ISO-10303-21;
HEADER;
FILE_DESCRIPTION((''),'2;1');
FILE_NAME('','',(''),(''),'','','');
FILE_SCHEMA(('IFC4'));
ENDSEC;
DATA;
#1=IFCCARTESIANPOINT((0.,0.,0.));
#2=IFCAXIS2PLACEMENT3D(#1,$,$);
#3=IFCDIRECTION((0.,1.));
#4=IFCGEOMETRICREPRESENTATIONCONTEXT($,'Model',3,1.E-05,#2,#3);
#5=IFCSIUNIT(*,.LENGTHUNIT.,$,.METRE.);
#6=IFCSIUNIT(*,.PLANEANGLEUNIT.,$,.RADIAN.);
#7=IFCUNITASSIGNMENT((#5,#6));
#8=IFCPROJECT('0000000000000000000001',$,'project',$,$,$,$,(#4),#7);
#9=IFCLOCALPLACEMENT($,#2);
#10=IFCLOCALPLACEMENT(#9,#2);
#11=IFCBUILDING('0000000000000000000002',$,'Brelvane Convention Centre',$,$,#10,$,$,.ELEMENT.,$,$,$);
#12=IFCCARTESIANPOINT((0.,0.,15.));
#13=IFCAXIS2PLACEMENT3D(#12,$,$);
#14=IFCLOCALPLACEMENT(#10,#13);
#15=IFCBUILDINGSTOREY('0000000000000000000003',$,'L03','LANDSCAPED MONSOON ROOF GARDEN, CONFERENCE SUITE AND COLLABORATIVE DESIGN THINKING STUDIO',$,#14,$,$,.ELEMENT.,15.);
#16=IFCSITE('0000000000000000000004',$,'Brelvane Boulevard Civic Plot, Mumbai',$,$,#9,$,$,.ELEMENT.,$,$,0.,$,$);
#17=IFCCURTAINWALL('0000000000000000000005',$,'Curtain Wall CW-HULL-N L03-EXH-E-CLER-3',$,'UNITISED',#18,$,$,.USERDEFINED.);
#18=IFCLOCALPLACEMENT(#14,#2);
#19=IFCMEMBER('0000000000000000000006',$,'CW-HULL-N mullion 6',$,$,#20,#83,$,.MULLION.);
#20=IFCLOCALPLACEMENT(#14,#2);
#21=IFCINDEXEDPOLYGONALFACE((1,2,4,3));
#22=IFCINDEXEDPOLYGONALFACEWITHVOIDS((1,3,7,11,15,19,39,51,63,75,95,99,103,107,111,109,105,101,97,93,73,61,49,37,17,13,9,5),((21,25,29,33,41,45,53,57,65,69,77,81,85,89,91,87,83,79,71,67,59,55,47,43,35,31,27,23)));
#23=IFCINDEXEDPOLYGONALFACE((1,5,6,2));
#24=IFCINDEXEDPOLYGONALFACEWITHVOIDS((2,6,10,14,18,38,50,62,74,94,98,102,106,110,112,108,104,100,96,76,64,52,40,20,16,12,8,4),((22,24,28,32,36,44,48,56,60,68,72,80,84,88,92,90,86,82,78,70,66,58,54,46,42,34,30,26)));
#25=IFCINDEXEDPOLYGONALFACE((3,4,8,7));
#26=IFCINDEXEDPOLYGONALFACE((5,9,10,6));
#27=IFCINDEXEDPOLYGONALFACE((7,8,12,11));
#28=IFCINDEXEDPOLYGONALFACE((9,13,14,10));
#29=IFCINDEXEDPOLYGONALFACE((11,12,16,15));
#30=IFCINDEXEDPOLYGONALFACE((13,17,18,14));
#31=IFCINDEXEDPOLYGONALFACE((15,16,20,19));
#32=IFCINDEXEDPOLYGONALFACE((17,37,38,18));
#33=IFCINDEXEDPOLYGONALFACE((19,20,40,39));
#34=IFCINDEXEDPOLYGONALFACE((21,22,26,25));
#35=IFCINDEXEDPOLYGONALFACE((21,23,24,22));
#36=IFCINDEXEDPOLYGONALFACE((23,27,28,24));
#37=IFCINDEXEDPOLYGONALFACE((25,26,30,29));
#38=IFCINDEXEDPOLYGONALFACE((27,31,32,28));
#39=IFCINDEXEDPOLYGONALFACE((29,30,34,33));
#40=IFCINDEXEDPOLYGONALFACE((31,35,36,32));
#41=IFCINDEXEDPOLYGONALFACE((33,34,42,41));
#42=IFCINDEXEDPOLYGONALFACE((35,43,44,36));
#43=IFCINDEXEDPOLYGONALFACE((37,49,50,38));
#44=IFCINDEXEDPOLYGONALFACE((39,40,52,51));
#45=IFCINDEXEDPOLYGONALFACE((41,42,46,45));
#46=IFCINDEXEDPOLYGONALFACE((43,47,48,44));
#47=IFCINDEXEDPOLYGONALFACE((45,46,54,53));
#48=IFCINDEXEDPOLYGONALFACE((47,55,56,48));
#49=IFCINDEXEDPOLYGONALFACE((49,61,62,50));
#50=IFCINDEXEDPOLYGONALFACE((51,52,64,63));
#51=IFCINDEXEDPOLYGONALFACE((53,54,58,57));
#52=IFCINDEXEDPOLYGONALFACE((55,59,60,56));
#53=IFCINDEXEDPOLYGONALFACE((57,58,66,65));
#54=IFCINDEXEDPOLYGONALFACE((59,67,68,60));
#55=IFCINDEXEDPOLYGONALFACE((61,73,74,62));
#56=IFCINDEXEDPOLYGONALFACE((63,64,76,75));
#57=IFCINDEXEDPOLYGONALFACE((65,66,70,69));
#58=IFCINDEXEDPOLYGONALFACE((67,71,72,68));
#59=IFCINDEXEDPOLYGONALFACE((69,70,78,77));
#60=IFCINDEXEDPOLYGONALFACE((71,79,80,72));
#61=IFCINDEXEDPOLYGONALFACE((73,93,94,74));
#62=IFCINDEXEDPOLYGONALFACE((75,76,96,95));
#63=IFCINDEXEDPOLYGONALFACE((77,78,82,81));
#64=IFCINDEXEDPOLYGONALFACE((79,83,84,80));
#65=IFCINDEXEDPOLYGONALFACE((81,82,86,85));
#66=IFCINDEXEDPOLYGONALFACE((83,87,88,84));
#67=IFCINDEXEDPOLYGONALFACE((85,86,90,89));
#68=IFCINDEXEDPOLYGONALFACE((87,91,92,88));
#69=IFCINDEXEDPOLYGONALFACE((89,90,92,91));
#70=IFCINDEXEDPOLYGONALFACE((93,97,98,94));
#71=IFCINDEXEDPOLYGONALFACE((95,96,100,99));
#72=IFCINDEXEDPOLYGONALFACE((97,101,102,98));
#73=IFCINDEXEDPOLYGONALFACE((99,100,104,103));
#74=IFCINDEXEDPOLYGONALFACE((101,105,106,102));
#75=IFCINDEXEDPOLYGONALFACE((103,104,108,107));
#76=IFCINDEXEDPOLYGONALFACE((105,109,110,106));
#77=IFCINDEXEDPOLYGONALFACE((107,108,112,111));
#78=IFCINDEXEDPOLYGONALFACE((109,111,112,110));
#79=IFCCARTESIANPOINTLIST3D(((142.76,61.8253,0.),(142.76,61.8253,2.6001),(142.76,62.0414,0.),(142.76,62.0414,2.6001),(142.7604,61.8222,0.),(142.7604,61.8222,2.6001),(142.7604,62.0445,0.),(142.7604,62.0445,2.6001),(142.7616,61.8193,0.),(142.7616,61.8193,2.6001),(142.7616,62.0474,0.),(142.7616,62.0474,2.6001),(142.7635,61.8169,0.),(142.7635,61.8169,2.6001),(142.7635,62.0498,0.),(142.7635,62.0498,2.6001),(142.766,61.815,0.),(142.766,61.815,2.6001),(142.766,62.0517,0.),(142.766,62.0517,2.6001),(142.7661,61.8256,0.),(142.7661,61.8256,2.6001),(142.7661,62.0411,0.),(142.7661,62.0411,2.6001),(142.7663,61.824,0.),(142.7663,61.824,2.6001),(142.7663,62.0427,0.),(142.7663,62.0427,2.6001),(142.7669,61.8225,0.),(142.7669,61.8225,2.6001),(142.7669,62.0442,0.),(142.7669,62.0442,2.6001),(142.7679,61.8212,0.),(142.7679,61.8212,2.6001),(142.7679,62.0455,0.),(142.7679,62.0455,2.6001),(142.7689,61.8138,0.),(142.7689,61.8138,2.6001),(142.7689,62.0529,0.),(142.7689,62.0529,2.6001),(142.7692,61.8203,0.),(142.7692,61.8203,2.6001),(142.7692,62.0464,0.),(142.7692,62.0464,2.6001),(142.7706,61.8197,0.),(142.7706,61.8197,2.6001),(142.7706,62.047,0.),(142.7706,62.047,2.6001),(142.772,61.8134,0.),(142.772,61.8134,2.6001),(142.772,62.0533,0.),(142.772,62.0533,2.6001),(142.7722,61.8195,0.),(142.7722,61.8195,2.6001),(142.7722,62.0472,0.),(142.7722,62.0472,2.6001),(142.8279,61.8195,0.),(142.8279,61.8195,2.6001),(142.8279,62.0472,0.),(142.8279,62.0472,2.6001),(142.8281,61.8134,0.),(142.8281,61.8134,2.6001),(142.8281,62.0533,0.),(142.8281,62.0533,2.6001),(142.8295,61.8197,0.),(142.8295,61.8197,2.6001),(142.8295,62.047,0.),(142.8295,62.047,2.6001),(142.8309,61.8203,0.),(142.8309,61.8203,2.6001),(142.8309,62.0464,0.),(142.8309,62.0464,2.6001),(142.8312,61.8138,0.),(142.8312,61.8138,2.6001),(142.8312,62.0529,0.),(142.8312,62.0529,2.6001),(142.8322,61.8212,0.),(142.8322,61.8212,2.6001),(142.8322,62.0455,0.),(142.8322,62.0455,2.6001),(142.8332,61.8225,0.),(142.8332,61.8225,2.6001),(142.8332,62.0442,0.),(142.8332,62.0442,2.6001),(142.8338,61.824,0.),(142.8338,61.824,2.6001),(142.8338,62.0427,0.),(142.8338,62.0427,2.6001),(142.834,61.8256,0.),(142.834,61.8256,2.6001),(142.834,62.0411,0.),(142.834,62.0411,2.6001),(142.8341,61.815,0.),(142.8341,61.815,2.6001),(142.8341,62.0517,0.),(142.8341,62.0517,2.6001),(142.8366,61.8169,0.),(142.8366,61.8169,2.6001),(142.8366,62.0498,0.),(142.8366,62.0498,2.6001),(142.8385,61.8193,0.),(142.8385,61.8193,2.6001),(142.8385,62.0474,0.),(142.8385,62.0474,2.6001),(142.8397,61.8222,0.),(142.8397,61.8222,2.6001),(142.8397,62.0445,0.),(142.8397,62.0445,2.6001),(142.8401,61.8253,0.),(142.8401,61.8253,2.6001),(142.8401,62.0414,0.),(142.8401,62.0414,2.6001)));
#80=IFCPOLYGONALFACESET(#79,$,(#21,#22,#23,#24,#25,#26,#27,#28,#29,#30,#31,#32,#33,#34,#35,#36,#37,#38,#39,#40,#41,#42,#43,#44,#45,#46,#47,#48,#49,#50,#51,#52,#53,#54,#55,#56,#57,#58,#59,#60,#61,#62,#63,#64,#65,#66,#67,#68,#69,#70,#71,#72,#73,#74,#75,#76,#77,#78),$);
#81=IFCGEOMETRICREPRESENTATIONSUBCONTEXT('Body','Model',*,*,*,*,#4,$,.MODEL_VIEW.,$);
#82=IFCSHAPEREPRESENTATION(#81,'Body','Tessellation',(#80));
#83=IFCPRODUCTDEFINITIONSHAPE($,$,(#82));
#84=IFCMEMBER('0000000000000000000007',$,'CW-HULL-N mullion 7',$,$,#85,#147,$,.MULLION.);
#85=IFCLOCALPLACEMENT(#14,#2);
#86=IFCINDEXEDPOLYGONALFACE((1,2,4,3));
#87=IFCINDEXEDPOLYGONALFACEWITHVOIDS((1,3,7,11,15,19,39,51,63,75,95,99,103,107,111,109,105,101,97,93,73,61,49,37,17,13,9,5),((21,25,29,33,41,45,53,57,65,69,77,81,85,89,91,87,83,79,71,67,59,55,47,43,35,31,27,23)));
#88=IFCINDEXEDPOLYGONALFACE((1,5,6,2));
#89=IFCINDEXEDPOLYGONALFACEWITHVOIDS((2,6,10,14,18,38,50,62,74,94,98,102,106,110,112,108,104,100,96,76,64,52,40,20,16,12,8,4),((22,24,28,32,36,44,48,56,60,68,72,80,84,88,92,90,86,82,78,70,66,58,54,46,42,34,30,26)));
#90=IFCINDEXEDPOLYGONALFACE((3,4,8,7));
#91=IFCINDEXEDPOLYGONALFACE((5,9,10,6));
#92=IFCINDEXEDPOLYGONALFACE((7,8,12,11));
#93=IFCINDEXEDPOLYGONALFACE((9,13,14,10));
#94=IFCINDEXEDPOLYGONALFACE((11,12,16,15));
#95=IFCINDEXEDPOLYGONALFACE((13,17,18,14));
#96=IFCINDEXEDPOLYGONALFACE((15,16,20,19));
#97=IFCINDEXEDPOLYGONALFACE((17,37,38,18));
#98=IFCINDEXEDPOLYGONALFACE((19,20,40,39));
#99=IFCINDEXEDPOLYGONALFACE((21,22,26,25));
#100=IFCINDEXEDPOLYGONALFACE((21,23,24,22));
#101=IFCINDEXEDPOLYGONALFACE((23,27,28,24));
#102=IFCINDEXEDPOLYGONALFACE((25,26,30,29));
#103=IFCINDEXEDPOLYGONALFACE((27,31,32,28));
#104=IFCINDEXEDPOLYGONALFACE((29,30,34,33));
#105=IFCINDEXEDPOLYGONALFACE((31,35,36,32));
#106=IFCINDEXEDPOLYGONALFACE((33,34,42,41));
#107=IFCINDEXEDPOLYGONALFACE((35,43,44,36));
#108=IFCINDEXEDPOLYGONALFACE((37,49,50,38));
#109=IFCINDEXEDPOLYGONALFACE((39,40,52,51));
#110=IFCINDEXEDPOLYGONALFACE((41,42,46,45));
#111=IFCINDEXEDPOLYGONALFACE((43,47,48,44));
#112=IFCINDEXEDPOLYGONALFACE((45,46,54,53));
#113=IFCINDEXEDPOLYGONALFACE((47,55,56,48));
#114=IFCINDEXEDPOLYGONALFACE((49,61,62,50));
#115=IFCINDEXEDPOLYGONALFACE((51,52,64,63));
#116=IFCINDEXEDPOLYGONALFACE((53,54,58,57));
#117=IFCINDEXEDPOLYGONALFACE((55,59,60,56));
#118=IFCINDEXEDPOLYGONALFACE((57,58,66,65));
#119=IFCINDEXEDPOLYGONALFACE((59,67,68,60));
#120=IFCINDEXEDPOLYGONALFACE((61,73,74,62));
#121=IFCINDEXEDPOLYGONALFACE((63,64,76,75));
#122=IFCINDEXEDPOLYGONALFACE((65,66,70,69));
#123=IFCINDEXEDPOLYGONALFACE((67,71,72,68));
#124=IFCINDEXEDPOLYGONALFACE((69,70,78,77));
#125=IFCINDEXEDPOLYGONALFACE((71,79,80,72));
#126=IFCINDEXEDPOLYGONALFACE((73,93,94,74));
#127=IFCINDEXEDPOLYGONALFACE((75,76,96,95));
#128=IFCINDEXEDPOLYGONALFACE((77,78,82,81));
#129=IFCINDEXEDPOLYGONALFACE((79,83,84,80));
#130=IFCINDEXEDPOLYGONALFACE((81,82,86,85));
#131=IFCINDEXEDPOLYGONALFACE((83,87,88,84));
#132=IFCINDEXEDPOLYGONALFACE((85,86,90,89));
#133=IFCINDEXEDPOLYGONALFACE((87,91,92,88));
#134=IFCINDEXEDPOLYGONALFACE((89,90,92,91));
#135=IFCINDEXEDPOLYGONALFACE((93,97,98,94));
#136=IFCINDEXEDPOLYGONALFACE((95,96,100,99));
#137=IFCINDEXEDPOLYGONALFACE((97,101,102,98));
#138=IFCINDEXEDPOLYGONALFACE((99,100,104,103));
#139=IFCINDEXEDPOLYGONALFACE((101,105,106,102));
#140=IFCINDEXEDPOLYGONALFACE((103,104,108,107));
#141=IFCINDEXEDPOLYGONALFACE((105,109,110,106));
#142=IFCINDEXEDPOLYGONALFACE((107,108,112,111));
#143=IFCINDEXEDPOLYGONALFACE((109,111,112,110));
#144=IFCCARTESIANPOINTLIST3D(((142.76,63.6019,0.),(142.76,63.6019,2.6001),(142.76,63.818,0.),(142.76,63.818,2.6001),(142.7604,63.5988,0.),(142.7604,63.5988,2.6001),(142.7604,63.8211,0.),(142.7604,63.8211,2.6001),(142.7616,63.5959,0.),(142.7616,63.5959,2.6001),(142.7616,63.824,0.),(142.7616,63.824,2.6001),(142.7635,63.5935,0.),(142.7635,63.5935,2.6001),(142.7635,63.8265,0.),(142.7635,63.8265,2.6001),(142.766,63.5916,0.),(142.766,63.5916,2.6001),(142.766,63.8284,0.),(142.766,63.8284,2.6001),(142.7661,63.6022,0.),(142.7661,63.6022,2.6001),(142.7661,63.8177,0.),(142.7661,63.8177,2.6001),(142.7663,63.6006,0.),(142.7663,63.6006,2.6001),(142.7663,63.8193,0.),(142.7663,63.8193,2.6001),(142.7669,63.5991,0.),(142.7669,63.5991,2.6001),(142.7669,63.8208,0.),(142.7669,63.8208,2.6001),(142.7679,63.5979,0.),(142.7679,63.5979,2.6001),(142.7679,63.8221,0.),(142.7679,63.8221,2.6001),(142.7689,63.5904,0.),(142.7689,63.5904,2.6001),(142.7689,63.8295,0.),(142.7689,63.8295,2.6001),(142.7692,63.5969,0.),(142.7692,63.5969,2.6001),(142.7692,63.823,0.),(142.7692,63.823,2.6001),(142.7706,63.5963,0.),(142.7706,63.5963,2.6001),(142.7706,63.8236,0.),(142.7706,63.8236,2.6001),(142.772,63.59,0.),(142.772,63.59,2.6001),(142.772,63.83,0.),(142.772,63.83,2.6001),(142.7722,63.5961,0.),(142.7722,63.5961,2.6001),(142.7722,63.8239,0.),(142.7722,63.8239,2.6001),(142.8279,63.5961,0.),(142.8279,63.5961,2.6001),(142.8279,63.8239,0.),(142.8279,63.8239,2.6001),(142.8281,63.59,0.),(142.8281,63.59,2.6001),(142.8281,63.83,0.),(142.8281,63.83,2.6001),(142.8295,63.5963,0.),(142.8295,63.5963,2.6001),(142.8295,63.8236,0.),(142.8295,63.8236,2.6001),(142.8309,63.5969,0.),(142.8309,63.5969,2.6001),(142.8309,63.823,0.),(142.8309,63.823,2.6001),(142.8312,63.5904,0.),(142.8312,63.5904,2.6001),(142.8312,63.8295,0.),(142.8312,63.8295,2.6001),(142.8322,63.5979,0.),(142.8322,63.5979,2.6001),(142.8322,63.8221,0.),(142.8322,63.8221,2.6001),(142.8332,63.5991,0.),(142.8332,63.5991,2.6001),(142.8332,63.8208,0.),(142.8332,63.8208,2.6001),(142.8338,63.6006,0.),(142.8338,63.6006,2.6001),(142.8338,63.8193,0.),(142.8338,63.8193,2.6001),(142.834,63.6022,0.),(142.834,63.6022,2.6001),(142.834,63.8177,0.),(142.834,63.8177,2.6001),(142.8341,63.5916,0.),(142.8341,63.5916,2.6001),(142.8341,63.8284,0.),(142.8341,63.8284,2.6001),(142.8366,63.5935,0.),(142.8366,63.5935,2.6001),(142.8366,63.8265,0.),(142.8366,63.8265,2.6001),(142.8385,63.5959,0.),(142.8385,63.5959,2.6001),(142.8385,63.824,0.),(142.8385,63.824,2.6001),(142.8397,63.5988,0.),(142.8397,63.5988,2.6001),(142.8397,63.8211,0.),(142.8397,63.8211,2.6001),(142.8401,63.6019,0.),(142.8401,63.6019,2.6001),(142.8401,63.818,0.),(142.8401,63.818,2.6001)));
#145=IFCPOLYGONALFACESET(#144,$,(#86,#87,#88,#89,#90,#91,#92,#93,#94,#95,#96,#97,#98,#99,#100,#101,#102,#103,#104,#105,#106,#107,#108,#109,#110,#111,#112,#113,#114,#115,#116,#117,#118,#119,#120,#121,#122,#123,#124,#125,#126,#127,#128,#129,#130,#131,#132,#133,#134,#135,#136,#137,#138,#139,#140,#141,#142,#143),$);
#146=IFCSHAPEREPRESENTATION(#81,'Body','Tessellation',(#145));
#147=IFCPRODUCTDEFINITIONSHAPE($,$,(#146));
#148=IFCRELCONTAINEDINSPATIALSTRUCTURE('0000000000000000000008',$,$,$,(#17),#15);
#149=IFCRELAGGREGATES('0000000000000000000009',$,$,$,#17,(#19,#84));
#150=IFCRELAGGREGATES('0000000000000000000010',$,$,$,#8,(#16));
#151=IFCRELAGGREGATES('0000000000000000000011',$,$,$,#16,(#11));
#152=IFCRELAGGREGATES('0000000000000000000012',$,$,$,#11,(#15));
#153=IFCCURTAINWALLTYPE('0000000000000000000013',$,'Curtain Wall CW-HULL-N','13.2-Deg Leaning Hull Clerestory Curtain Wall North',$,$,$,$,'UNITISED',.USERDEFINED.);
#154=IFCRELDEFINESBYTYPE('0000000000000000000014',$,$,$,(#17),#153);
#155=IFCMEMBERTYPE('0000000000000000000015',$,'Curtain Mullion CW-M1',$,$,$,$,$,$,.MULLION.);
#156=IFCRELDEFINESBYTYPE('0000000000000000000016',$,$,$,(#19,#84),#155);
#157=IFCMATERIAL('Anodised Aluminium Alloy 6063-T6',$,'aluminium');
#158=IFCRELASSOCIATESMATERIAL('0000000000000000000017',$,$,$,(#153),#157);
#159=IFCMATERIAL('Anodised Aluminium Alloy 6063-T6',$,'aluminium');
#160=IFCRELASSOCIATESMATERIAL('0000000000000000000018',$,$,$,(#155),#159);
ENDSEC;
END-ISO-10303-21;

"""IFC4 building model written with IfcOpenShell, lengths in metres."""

from ifc_helpers import new_model, si_unit, direction, frame, origin, origin_2d, place, context, subcontext, project, spatial, hollow_rectangle, extrude, material, material_profile, profile_set, type_object, element, aggregate, save


model = new_model("IFC4")

# Units and contexts
model_context = context("Model", 3, precision=1e-05, world=origin(), true_north=direction((0.0, 1.0)))
body_context = subcontext(model_context, "Body", "Model", "MODEL_VIEW")
ifc_project = project(units=[si_unit("LENGTHUNIT", "METRE"), si_unit("PLANEANGLEUNIT", "RADIAN")], contexts=[model_context])

# Site, building, storey
site_placement = place(None, origin())
site = spatial("IfcSite", under=ifc_project, at=site_placement, Name="Brelvane Boulevard Civic Plot, Mumbai", CompositionType="ELEMENT", RefElevation=0.0)
building_placement = place(site_placement, origin())
building = spatial("IfcBuilding", under=site, at=building_placement, Name="Brelvane Convention Centre", CompositionType="ELEMENT")
storey_placement = place(building_placement, frame((0.0, 0.0, 15.0)))
storey = spatial("IfcBuildingStorey", under=building, at=storey_placement, Name="L03", Description="LANDSCAPED MONSOON ROOF GARDEN, CONFERENCE SUITE AND COLLABORATIVE DESIGN THINKING STUDIO", CompositionType="ELEMENT", Elevation=15.0)

# Curtain wall, members
ifc_material_1 = material(Name="Anodised Aluminium Alloy 6063-T6", Category="aluminium")
curtain_wall_type = type_object("IfcCurtainWallType", Name="Curtain Wall CW-HULL-N", Description="13.2-Deg Leaning Hull Clerestory Curtain Wall North", ElementType="UNITISED", PredefinedType="USERDEFINED", material=ifc_material_1)
curtain_wall_1_placement = place(storey_placement, origin())
curtain_wall_1 = element("IfcCurtainWall", 1, at=curtain_wall_1_placement, inside=storey, type_object=curtain_wall_type, Name="Curtain Wall CW-HULL-N L03-EXH-E-CLER-3", ObjectType="UNITISED", PredefinedType="USERDEFINED")
ifc_material_2 = material(Name="Anodised Aluminium Alloy 6063-T6", Category="aluminium")
ifc_material_profile_1 = material_profile(ifc_material_2, hollow_rectangle(XDim=0.0801, YDim=0.24, WallThickness=0.0061, InnerFilletRadius=0.0061, OuterFilletRadius=0.012, at=origin_2d()), Name="ALU-M 240x80x6.0")
ifc_profile_set_1 = profile_set([ifc_material_profile_1], Name="Anodised Aluminium Alloy 6063-T6")
member_type_1 = type_object("IfcMemberType", Name="Curtain Mullion CW-M1", PredefinedType="MULLION", material=ifc_profile_set_1)
member_1_placement = place(storey_placement, frame((142.8, 61.9333, 0.0), z_axis=(0.0, 0.0, 1.0), x_axis=(-1.0, 0.0, 0.0)))
member_1 = element("IfcMember", 2, at=member_1_placement, type_object=member_type_1, Name="CW-HULL-N mullion 6", PredefinedType="MULLION", context=body_context, shape_type="SweptSolid", body=[
    extrude(hollow_rectangle(XDim=0.0801, YDim=0.24, WallThickness=0.0061, InnerFilletRadius=0.0061, OuterFilletRadius=0.012, at=origin_2d()), origin(), (0.0, 0.0, 1.0), 2.6001),
])
member_2_placement = place(storey_placement, frame((142.8, 63.71, 0.0), z_axis=(0.0, 0.0, 1.0), x_axis=(-1.0, 0.0, 0.0)))
member_2 = element("IfcMember", 3, at=member_2_placement, type_object=member_type_1, Name="CW-HULL-N mullion 7", PredefinedType="MULLION", context=body_context, shape_type="SweptSolid", body=[
    extrude(hollow_rectangle(XDim=0.0801, YDim=0.24, WallThickness=0.0061, InnerFilletRadius=0.0061, OuterFilletRadius=0.012, at=origin_2d()), origin(), (0.0, 0.0, 1.0), 2.6001),
])

aggregate(curtain_wall_1, [member_1, member_2])

save(model, "model.ifc")
